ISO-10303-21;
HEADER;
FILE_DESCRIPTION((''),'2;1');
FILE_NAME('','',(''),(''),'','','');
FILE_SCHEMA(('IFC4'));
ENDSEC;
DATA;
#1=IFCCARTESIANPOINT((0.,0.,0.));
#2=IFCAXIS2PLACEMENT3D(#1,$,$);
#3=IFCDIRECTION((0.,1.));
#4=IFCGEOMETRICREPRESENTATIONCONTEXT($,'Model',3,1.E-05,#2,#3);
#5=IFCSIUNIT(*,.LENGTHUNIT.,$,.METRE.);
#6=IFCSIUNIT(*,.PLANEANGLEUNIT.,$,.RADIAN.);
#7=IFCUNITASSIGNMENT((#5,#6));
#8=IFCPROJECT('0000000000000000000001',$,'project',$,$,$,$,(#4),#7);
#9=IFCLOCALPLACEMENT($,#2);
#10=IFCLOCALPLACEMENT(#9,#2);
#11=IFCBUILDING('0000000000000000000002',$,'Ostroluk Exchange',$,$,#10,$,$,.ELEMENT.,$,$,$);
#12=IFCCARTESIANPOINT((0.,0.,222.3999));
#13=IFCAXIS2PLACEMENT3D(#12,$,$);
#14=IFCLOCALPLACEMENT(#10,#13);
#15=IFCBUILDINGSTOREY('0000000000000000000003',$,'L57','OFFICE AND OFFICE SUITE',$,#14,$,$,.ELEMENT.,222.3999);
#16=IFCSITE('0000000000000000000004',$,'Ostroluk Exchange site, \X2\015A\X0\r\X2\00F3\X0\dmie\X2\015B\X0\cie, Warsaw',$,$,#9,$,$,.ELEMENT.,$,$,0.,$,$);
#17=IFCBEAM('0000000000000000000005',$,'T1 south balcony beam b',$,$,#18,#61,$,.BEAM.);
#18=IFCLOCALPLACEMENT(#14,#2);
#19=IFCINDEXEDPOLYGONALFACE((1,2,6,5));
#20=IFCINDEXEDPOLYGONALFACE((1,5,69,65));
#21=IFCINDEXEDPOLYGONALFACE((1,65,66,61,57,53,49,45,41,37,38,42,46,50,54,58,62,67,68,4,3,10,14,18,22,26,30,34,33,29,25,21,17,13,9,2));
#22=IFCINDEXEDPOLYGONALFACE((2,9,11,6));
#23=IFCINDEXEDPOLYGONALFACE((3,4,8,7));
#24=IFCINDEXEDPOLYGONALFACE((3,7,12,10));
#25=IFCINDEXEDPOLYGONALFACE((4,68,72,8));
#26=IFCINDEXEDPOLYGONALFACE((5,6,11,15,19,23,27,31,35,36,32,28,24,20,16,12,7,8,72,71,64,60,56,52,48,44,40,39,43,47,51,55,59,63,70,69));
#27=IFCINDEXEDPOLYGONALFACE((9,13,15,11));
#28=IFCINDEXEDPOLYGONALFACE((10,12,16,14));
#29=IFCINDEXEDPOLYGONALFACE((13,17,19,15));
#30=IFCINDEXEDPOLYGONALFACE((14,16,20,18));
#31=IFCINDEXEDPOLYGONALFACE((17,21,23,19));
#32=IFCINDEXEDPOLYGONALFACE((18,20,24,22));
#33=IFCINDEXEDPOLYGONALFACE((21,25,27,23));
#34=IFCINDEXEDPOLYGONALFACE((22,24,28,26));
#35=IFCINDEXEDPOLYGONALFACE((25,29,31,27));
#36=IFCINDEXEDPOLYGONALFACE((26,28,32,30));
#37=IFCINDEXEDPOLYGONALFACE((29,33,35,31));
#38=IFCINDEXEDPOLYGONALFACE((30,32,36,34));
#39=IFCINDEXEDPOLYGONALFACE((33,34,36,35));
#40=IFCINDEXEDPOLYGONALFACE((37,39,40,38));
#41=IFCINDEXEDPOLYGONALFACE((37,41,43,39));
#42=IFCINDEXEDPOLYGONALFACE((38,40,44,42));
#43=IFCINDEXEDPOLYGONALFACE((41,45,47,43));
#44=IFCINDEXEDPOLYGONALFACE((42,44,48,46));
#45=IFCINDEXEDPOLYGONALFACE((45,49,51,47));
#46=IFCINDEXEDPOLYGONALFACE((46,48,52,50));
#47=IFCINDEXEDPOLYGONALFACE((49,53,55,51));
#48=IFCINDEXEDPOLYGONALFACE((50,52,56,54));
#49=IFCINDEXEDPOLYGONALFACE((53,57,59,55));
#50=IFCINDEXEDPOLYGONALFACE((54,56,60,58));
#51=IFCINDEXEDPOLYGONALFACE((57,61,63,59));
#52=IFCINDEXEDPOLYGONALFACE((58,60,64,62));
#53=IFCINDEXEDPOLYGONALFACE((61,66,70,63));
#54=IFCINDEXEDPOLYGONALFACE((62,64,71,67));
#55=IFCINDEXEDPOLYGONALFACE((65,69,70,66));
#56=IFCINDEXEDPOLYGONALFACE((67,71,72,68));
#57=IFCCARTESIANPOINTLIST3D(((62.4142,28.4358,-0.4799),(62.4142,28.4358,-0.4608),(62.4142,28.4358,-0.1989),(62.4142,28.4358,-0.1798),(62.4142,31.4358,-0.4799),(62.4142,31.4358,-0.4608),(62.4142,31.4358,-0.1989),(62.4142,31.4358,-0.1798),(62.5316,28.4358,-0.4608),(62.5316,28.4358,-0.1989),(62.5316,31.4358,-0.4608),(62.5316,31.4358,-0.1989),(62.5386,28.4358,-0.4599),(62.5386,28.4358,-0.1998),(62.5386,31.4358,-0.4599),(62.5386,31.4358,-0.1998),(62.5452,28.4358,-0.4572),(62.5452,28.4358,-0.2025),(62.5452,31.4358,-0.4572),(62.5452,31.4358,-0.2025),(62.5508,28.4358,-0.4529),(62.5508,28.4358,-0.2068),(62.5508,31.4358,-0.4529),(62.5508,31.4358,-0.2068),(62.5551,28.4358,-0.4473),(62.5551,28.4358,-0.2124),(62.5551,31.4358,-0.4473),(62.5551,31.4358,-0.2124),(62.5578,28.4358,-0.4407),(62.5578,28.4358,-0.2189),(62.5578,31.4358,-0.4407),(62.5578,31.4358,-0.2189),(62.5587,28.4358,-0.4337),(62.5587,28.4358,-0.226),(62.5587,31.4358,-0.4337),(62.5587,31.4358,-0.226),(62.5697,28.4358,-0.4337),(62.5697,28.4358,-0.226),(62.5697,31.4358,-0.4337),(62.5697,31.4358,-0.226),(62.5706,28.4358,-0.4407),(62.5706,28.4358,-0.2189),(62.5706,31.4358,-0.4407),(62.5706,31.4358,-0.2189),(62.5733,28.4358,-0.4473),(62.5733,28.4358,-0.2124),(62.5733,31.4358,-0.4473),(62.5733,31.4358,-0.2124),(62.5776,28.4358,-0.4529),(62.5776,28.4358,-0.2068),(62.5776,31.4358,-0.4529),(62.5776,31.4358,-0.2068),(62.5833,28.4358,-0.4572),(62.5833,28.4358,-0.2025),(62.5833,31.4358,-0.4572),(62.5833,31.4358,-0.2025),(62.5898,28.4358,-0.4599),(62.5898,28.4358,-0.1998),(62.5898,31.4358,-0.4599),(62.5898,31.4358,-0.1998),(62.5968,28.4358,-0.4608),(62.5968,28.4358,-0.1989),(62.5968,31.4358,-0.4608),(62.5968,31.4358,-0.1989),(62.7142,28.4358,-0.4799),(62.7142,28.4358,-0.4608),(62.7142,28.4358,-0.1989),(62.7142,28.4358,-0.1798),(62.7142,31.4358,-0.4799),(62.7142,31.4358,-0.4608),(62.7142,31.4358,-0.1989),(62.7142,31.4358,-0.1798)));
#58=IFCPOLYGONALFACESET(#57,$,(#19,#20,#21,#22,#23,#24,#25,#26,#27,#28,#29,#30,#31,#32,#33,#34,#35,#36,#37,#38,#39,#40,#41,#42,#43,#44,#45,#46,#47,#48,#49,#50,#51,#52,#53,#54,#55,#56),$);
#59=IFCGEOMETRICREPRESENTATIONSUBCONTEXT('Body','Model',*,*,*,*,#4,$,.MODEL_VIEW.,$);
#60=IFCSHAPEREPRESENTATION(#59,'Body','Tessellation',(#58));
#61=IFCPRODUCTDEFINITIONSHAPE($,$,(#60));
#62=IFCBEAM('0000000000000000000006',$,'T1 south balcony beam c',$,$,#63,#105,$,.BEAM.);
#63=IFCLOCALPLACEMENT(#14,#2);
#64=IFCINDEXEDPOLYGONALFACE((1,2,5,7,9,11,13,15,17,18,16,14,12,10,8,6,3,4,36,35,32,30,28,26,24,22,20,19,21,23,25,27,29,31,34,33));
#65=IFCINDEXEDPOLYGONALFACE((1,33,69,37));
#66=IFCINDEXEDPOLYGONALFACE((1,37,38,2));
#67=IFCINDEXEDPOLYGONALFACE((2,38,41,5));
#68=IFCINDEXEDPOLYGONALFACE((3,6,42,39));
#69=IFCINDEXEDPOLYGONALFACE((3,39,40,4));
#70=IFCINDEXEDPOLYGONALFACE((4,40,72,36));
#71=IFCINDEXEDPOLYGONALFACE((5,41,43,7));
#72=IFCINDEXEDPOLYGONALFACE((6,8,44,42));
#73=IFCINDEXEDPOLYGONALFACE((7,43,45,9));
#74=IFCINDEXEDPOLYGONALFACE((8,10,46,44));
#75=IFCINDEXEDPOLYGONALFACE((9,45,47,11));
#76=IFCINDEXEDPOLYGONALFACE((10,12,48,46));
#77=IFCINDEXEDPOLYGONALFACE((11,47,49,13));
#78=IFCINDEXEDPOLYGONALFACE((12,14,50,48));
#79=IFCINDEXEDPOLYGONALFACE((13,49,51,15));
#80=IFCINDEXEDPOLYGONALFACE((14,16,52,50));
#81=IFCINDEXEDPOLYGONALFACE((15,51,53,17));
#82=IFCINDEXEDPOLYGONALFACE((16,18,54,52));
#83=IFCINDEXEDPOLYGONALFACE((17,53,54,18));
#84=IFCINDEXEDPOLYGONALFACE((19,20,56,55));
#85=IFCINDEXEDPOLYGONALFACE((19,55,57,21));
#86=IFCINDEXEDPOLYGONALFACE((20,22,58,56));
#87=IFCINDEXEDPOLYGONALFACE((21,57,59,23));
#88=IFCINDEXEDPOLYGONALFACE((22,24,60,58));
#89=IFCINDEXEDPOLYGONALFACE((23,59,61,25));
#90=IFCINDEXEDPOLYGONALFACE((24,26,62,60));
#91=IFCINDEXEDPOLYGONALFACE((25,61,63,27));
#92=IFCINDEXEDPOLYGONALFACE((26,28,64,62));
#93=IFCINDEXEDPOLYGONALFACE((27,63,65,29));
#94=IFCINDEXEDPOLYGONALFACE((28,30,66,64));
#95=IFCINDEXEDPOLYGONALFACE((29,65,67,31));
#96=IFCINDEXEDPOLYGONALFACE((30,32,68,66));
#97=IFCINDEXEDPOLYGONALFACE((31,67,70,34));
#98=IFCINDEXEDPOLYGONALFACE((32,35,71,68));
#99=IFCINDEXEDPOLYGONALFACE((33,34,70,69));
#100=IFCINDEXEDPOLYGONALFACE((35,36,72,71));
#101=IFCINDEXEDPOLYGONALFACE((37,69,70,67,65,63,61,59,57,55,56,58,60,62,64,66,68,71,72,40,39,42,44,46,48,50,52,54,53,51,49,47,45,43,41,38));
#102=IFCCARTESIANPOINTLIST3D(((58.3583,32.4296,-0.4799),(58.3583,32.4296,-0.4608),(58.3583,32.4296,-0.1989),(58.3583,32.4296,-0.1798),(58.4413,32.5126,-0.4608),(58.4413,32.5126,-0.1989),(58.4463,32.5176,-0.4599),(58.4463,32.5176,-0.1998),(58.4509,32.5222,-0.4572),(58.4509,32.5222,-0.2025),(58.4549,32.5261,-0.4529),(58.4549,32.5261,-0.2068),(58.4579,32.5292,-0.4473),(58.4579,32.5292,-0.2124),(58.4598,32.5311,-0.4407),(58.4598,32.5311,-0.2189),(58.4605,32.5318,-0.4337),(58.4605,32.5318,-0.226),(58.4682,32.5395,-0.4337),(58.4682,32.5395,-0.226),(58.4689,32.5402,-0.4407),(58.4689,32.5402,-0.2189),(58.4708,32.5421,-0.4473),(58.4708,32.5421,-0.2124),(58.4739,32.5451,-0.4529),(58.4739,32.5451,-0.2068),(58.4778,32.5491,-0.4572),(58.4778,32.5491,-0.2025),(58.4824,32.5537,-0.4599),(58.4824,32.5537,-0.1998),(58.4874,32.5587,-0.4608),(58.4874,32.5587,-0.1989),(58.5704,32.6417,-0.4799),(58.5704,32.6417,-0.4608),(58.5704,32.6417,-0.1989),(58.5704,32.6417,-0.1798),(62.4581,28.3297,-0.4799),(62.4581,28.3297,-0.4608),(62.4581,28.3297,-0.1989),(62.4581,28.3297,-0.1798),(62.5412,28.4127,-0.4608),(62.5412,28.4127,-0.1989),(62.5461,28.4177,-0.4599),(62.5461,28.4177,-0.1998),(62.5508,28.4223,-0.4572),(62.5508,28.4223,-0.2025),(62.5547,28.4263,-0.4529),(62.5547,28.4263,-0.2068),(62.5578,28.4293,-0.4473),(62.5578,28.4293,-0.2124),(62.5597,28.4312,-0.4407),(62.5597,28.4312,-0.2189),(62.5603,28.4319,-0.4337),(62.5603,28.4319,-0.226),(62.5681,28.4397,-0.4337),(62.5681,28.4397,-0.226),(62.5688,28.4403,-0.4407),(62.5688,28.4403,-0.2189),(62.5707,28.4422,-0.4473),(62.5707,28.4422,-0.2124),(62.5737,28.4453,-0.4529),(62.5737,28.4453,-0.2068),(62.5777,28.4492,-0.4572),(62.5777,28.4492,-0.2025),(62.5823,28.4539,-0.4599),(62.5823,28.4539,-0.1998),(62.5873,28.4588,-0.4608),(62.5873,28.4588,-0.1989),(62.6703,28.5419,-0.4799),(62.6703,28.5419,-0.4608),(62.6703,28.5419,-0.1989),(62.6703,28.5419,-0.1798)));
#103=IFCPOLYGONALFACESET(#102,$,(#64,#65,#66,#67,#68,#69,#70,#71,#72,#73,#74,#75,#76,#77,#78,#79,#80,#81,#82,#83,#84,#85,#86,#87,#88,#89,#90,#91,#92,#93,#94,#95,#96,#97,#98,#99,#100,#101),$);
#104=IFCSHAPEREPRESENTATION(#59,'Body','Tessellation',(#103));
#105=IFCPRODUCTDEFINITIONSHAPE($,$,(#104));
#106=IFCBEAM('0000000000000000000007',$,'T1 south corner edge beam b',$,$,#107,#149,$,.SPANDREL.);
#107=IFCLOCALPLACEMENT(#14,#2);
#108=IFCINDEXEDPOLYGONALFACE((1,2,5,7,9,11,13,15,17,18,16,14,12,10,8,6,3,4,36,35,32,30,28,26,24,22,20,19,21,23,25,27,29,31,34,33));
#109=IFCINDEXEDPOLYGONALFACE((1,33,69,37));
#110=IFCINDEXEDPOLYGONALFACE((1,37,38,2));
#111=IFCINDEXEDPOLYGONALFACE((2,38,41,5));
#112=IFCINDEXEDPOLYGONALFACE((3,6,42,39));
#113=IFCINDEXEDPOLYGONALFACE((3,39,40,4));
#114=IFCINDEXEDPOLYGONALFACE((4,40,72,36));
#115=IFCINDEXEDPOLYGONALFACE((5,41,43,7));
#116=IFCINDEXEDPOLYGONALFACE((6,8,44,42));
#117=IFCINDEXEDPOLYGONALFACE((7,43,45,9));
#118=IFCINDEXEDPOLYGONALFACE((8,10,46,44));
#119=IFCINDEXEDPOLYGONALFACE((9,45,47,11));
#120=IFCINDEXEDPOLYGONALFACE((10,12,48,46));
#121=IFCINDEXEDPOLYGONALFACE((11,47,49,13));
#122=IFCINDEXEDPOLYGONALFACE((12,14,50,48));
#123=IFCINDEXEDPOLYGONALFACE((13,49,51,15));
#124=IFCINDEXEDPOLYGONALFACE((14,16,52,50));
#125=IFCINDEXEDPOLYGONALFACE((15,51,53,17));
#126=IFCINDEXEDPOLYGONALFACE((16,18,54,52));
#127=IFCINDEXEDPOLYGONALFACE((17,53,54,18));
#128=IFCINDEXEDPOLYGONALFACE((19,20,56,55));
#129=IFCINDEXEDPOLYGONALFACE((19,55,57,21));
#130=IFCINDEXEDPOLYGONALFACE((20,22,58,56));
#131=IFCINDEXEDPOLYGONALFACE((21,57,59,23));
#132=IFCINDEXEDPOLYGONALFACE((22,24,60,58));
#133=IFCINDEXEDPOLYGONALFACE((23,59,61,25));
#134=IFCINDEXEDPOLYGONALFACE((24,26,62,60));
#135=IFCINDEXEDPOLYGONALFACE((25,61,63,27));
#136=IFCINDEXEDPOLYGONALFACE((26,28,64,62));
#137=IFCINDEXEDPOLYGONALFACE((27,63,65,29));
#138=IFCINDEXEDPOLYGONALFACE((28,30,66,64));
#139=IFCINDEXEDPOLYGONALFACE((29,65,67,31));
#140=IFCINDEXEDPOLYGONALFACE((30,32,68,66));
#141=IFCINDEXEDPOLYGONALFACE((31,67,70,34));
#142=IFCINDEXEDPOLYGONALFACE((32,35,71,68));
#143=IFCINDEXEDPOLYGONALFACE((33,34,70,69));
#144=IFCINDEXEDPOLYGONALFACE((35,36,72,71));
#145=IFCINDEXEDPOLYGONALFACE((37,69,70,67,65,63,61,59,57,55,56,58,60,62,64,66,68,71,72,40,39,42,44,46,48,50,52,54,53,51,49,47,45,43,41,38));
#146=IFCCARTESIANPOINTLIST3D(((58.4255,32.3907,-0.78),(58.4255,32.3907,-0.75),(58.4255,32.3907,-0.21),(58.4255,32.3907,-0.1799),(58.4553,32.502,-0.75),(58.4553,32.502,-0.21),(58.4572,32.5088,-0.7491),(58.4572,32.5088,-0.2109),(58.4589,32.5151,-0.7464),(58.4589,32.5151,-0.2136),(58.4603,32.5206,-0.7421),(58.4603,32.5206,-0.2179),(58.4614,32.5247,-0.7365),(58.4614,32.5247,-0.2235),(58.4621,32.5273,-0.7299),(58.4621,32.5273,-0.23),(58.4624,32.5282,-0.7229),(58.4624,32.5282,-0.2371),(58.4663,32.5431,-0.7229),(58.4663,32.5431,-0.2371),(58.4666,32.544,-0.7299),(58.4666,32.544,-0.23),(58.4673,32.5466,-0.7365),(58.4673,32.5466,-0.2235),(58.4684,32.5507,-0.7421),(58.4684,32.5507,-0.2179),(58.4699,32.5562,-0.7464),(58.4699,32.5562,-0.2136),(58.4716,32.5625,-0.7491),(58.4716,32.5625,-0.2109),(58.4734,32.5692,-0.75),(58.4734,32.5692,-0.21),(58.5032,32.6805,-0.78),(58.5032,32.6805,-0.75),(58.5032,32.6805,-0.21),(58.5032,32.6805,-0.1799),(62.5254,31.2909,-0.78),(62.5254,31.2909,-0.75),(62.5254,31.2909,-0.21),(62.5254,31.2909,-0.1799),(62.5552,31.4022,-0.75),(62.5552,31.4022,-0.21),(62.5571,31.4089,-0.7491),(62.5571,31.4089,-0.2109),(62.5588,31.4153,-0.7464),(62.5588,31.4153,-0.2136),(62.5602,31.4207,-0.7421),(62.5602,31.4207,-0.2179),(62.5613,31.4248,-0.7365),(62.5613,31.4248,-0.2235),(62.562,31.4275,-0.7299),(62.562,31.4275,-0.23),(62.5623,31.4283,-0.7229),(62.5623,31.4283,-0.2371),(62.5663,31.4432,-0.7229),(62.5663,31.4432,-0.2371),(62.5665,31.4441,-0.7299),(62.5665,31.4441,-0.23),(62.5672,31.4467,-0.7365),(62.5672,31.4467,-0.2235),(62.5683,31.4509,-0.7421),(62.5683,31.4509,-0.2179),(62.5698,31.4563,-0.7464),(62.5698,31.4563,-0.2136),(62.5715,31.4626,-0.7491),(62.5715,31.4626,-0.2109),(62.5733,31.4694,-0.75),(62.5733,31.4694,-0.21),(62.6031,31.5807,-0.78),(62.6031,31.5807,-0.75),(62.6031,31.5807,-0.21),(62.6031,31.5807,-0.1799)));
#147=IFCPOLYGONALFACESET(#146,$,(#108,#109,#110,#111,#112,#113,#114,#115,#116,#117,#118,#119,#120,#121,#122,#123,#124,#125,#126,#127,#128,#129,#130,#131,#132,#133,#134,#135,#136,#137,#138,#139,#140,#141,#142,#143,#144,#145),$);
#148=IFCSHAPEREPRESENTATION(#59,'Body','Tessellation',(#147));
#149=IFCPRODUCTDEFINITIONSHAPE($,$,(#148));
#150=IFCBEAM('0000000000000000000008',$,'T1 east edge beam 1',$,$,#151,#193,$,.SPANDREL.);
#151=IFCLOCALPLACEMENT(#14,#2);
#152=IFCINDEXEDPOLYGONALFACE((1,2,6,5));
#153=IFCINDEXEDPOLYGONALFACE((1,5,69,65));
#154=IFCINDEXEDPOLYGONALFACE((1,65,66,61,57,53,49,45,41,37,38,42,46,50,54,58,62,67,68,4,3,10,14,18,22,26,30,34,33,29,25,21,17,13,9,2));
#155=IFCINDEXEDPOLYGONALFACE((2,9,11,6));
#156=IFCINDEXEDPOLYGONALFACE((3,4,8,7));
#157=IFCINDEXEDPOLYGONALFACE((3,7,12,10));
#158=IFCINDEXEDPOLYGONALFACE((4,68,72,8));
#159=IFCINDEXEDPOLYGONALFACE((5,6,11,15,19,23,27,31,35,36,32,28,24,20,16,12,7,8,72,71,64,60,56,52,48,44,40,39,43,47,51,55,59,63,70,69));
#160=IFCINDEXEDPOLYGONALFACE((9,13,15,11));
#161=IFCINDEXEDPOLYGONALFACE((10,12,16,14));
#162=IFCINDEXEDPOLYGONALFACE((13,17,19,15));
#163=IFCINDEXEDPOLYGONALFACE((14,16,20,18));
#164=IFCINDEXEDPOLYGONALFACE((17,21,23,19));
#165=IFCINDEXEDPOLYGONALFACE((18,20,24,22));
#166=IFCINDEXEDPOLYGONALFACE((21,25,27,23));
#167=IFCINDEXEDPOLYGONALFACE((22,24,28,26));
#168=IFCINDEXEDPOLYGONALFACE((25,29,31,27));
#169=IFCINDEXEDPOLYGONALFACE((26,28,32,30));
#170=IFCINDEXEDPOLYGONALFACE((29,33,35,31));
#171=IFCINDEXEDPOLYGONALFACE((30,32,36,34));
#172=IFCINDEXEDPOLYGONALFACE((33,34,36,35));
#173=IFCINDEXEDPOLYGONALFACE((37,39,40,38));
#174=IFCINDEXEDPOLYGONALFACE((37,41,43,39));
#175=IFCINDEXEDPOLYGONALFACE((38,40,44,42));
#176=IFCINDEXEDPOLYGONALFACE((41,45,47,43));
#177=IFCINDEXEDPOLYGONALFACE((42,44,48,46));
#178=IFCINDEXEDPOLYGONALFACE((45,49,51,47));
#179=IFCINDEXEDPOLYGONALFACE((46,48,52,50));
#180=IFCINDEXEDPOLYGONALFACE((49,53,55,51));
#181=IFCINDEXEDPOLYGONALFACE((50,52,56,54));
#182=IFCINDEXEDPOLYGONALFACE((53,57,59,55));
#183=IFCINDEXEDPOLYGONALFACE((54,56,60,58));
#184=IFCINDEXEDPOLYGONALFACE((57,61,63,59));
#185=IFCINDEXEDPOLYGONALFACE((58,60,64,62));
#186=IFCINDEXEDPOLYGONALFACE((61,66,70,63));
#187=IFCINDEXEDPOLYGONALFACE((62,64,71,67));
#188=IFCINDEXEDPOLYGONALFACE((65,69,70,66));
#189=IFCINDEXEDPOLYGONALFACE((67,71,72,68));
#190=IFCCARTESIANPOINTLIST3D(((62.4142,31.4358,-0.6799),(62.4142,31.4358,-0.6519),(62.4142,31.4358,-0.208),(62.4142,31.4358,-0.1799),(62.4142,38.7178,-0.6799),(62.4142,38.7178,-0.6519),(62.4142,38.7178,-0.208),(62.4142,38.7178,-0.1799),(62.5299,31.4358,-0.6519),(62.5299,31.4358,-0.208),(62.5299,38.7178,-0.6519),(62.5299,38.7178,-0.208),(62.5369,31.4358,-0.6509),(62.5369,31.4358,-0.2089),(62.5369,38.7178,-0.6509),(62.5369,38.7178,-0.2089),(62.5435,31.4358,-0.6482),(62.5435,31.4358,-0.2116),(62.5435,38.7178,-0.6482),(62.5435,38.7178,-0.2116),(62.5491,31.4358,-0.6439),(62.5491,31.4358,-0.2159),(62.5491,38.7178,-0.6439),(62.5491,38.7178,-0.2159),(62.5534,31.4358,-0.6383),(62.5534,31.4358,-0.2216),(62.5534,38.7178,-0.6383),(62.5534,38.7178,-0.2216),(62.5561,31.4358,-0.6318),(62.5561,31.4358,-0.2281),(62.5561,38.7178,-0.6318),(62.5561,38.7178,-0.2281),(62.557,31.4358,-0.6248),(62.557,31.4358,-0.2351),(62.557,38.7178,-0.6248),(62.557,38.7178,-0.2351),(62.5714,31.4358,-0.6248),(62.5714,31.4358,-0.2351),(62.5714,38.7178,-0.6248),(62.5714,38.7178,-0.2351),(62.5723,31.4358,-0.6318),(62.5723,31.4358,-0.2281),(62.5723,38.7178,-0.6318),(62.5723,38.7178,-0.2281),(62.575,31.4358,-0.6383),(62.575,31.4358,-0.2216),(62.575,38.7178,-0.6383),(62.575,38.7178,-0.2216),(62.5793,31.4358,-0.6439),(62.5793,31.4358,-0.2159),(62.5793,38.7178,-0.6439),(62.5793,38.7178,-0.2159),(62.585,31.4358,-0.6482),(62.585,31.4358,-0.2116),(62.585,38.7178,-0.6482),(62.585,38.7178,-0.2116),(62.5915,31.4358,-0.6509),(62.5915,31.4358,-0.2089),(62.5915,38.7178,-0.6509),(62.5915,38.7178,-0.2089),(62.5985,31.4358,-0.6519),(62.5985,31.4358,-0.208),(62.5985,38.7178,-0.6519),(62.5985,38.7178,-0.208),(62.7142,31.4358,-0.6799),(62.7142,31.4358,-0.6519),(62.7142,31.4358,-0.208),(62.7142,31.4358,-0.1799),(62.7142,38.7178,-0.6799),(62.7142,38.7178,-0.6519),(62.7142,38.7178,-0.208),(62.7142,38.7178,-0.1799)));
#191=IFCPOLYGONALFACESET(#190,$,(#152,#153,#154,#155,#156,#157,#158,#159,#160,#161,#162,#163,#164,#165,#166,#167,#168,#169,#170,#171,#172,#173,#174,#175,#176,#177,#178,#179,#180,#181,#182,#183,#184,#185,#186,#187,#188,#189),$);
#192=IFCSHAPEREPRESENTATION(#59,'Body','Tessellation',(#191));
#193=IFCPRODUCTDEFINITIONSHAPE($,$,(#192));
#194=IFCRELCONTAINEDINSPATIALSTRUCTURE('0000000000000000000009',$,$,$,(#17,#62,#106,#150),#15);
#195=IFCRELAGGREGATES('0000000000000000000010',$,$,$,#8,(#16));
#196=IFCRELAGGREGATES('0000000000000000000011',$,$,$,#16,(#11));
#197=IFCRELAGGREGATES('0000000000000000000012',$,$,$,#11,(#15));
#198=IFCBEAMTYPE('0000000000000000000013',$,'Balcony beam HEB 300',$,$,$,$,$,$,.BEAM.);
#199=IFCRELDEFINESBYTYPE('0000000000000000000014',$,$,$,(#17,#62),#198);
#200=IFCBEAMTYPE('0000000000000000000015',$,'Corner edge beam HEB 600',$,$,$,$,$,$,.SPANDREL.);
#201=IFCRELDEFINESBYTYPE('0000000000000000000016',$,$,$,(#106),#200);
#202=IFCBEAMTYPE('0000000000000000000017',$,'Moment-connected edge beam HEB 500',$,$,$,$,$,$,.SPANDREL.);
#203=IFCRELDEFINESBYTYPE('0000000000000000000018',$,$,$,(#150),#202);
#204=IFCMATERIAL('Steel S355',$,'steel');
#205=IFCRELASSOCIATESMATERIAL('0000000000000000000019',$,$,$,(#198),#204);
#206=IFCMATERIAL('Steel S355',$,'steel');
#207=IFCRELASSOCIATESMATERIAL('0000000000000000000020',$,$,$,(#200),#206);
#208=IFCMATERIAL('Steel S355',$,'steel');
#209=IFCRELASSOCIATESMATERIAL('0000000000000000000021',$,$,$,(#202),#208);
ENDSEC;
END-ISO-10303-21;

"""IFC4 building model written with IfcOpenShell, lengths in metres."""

from ifc_helpers import new_model, si_unit, direction, frame, origin, origin_2d, place, context, subcontext, project, spatial, i_section, extrude, material, material_profile, profile_set, type_object, element, save


model = new_model("IFC4")

# Units and contexts
model_context = context("Model", 3, precision=1e-05, world=origin(), true_north=direction((0.0, 1.0)))
body_context = subcontext(model_context, "Body", "Model", "MODEL_VIEW")
ifc_project = project(units=[si_unit("LENGTHUNIT", "METRE"), si_unit("PLANEANGLEUNIT", "RADIAN")], contexts=[model_context])

# Site, building, storey
site_placement = place(None, origin())
site = spatial("IfcSite", under=ifc_project, at=site_placement, Name="Ostroluk Exchange site, Śródmieście, Warsaw", CompositionType="ELEMENT", RefElevation=0.0)
building_placement = place(site_placement, origin())
building = spatial("IfcBuilding", under=site, at=building_placement, Name="Ostroluk Exchange", CompositionType="ELEMENT")
storey_placement = place(building_placement, frame((0.0, 0.0, 222.3999)))
storey = spatial("IfcBuildingStorey", under=building, at=storey_placement, Name="L57", Description="OFFICE AND OFFICE SUITE", CompositionType="ELEMENT", Elevation=222.3999)

# Beams
ifc_material_1 = material(Name="Steel S355", Category="steel")
ifc_material_profile_1 = material_profile(ifc_material_1, i_section(OverallWidth=0.3, OverallDepth=0.3, WebThickness=0.011, FlangeThickness=0.019, FilletRadius=0.0271, at=origin_2d()), Name="HEB 300")
ifc_profile_set_1 = profile_set([ifc_material_profile_1], Name="Steel S355")
beam_type_1 = type_object("IfcBeamType", Name="Balcony beam HEB 300", PredefinedType="BEAM", material=ifc_profile_set_1)
for number, where, z_axis, x_axis, name in (
    (1, (62.5642, 31.4358, -0.3298), (0.0, -1.0, 0.0), (1.0, 0.0, 0.0), "T1 south balcony beam b"),
):
    element("IfcBeam", number, at=place(storey_placement, frame(where, z_axis=z_axis, x_axis=x_axis)), inside=storey, type_object=beam_type_1, Name=name, PredefinedType="BEAM", context=body_context, shape_type="SweptSolid", body=[
        extrude(i_section(OverallWidth=0.3, OverallDepth=0.3, WebThickness=0.011, FlangeThickness=0.019, FilletRadius=0.0271, at=origin_2d()), origin(), (0.0, 0.0, 1.0), 3.0),
    ])
beam_1_placement = place(storey_placement, frame((58.4644, 32.5356, -0.3298), z_axis=(0.707107, -0.707107, 0.0), x_axis=(0.707107, 0.707107, 0.0)))
element("IfcBeam", 2, at=beam_1_placement, inside=storey, type_object=beam_type_1, Name="T1 south balcony beam c", PredefinedType="BEAM", context=body_context, shape_type="SweptSolid", body=[
    extrude(i_section(OverallWidth=0.3, OverallDepth=0.3, WebThickness=0.011, FlangeThickness=0.019, FilletRadius=0.0271, at=origin_2d()), origin(), (0.0, 0.0, 1.0), 5.7981),
])
ifc_material_2 = material(Name="Steel S355", Category="steel")
ifc_material_profile_2 = material_profile(ifc_material_2, i_section(OverallWidth=0.3, OverallDepth=0.6001, WebThickness=0.0154, FlangeThickness=0.03, FilletRadius=0.0271, at=origin_2d()), Name="HEB 600")
ifc_profile_set_2 = profile_set([ifc_material_profile_2], Name="Steel S355")
beam_type_2 = type_object("IfcBeamType", Name="Corner edge beam HEB 600", PredefinedType="SPANDREL", material=ifc_profile_set_2)
beam_2_placement = place(storey_placement, frame((58.4644, 32.5356, -0.48), z_axis=(0.965849, -0.259105, 0.0), x_axis=(0.259105, 0.965849, 0.0)))
element("IfcBeam", 3, at=beam_2_placement, inside=storey, type_object=beam_type_2, Name="T1 south corner edge beam b", PredefinedType="SPANDREL", context=body_context, shape_type="SweptSolid", body=[
    extrude(i_section(OverallWidth=0.3, OverallDepth=0.6001, WebThickness=0.0154, FlangeThickness=0.03, FilletRadius=0.0271, at=origin_2d()), origin(), (0.0, 0.0, 1.0), 4.2449),
])
ifc_material_3 = material(Name="Steel S355", Category="steel")
ifc_material_profile_3 = material_profile(ifc_material_3, i_section(OverallWidth=0.3, OverallDepth=0.5, WebThickness=0.0144, FlangeThickness=0.0281, FilletRadius=0.0271, at=origin_2d()), Name="HEB 500")
ifc_profile_set_3 = profile_set([ifc_material_profile_3], Name="Steel S355")
beam_type_3 = type_object("IfcBeamType", Name="Moment-connected edge beam HEB 500", PredefinedType="SPANDREL", material=ifc_profile_set_3)
beam_3_placement = place(storey_placement, frame((62.5642, 31.4358, -0.4299), z_axis=(0.0, 1.0, 0.0), x_axis=(-1.0, 0.0, 0.0)))
element("IfcBeam", 4, at=beam_3_placement, inside=storey, type_object=beam_type_3, Name="T1 east edge beam 1", PredefinedType="SPANDREL", context=body_context, shape_type="SweptSolid", body=[
    extrude(i_section(OverallWidth=0.3, OverallDepth=0.5, WebThickness=0.0144, FlangeThickness=0.0281, FilletRadius=0.0271, at=origin_2d()), origin(), (0.0, 0.0, 1.0), 7.282),
])

save(model, "model.ifc")
